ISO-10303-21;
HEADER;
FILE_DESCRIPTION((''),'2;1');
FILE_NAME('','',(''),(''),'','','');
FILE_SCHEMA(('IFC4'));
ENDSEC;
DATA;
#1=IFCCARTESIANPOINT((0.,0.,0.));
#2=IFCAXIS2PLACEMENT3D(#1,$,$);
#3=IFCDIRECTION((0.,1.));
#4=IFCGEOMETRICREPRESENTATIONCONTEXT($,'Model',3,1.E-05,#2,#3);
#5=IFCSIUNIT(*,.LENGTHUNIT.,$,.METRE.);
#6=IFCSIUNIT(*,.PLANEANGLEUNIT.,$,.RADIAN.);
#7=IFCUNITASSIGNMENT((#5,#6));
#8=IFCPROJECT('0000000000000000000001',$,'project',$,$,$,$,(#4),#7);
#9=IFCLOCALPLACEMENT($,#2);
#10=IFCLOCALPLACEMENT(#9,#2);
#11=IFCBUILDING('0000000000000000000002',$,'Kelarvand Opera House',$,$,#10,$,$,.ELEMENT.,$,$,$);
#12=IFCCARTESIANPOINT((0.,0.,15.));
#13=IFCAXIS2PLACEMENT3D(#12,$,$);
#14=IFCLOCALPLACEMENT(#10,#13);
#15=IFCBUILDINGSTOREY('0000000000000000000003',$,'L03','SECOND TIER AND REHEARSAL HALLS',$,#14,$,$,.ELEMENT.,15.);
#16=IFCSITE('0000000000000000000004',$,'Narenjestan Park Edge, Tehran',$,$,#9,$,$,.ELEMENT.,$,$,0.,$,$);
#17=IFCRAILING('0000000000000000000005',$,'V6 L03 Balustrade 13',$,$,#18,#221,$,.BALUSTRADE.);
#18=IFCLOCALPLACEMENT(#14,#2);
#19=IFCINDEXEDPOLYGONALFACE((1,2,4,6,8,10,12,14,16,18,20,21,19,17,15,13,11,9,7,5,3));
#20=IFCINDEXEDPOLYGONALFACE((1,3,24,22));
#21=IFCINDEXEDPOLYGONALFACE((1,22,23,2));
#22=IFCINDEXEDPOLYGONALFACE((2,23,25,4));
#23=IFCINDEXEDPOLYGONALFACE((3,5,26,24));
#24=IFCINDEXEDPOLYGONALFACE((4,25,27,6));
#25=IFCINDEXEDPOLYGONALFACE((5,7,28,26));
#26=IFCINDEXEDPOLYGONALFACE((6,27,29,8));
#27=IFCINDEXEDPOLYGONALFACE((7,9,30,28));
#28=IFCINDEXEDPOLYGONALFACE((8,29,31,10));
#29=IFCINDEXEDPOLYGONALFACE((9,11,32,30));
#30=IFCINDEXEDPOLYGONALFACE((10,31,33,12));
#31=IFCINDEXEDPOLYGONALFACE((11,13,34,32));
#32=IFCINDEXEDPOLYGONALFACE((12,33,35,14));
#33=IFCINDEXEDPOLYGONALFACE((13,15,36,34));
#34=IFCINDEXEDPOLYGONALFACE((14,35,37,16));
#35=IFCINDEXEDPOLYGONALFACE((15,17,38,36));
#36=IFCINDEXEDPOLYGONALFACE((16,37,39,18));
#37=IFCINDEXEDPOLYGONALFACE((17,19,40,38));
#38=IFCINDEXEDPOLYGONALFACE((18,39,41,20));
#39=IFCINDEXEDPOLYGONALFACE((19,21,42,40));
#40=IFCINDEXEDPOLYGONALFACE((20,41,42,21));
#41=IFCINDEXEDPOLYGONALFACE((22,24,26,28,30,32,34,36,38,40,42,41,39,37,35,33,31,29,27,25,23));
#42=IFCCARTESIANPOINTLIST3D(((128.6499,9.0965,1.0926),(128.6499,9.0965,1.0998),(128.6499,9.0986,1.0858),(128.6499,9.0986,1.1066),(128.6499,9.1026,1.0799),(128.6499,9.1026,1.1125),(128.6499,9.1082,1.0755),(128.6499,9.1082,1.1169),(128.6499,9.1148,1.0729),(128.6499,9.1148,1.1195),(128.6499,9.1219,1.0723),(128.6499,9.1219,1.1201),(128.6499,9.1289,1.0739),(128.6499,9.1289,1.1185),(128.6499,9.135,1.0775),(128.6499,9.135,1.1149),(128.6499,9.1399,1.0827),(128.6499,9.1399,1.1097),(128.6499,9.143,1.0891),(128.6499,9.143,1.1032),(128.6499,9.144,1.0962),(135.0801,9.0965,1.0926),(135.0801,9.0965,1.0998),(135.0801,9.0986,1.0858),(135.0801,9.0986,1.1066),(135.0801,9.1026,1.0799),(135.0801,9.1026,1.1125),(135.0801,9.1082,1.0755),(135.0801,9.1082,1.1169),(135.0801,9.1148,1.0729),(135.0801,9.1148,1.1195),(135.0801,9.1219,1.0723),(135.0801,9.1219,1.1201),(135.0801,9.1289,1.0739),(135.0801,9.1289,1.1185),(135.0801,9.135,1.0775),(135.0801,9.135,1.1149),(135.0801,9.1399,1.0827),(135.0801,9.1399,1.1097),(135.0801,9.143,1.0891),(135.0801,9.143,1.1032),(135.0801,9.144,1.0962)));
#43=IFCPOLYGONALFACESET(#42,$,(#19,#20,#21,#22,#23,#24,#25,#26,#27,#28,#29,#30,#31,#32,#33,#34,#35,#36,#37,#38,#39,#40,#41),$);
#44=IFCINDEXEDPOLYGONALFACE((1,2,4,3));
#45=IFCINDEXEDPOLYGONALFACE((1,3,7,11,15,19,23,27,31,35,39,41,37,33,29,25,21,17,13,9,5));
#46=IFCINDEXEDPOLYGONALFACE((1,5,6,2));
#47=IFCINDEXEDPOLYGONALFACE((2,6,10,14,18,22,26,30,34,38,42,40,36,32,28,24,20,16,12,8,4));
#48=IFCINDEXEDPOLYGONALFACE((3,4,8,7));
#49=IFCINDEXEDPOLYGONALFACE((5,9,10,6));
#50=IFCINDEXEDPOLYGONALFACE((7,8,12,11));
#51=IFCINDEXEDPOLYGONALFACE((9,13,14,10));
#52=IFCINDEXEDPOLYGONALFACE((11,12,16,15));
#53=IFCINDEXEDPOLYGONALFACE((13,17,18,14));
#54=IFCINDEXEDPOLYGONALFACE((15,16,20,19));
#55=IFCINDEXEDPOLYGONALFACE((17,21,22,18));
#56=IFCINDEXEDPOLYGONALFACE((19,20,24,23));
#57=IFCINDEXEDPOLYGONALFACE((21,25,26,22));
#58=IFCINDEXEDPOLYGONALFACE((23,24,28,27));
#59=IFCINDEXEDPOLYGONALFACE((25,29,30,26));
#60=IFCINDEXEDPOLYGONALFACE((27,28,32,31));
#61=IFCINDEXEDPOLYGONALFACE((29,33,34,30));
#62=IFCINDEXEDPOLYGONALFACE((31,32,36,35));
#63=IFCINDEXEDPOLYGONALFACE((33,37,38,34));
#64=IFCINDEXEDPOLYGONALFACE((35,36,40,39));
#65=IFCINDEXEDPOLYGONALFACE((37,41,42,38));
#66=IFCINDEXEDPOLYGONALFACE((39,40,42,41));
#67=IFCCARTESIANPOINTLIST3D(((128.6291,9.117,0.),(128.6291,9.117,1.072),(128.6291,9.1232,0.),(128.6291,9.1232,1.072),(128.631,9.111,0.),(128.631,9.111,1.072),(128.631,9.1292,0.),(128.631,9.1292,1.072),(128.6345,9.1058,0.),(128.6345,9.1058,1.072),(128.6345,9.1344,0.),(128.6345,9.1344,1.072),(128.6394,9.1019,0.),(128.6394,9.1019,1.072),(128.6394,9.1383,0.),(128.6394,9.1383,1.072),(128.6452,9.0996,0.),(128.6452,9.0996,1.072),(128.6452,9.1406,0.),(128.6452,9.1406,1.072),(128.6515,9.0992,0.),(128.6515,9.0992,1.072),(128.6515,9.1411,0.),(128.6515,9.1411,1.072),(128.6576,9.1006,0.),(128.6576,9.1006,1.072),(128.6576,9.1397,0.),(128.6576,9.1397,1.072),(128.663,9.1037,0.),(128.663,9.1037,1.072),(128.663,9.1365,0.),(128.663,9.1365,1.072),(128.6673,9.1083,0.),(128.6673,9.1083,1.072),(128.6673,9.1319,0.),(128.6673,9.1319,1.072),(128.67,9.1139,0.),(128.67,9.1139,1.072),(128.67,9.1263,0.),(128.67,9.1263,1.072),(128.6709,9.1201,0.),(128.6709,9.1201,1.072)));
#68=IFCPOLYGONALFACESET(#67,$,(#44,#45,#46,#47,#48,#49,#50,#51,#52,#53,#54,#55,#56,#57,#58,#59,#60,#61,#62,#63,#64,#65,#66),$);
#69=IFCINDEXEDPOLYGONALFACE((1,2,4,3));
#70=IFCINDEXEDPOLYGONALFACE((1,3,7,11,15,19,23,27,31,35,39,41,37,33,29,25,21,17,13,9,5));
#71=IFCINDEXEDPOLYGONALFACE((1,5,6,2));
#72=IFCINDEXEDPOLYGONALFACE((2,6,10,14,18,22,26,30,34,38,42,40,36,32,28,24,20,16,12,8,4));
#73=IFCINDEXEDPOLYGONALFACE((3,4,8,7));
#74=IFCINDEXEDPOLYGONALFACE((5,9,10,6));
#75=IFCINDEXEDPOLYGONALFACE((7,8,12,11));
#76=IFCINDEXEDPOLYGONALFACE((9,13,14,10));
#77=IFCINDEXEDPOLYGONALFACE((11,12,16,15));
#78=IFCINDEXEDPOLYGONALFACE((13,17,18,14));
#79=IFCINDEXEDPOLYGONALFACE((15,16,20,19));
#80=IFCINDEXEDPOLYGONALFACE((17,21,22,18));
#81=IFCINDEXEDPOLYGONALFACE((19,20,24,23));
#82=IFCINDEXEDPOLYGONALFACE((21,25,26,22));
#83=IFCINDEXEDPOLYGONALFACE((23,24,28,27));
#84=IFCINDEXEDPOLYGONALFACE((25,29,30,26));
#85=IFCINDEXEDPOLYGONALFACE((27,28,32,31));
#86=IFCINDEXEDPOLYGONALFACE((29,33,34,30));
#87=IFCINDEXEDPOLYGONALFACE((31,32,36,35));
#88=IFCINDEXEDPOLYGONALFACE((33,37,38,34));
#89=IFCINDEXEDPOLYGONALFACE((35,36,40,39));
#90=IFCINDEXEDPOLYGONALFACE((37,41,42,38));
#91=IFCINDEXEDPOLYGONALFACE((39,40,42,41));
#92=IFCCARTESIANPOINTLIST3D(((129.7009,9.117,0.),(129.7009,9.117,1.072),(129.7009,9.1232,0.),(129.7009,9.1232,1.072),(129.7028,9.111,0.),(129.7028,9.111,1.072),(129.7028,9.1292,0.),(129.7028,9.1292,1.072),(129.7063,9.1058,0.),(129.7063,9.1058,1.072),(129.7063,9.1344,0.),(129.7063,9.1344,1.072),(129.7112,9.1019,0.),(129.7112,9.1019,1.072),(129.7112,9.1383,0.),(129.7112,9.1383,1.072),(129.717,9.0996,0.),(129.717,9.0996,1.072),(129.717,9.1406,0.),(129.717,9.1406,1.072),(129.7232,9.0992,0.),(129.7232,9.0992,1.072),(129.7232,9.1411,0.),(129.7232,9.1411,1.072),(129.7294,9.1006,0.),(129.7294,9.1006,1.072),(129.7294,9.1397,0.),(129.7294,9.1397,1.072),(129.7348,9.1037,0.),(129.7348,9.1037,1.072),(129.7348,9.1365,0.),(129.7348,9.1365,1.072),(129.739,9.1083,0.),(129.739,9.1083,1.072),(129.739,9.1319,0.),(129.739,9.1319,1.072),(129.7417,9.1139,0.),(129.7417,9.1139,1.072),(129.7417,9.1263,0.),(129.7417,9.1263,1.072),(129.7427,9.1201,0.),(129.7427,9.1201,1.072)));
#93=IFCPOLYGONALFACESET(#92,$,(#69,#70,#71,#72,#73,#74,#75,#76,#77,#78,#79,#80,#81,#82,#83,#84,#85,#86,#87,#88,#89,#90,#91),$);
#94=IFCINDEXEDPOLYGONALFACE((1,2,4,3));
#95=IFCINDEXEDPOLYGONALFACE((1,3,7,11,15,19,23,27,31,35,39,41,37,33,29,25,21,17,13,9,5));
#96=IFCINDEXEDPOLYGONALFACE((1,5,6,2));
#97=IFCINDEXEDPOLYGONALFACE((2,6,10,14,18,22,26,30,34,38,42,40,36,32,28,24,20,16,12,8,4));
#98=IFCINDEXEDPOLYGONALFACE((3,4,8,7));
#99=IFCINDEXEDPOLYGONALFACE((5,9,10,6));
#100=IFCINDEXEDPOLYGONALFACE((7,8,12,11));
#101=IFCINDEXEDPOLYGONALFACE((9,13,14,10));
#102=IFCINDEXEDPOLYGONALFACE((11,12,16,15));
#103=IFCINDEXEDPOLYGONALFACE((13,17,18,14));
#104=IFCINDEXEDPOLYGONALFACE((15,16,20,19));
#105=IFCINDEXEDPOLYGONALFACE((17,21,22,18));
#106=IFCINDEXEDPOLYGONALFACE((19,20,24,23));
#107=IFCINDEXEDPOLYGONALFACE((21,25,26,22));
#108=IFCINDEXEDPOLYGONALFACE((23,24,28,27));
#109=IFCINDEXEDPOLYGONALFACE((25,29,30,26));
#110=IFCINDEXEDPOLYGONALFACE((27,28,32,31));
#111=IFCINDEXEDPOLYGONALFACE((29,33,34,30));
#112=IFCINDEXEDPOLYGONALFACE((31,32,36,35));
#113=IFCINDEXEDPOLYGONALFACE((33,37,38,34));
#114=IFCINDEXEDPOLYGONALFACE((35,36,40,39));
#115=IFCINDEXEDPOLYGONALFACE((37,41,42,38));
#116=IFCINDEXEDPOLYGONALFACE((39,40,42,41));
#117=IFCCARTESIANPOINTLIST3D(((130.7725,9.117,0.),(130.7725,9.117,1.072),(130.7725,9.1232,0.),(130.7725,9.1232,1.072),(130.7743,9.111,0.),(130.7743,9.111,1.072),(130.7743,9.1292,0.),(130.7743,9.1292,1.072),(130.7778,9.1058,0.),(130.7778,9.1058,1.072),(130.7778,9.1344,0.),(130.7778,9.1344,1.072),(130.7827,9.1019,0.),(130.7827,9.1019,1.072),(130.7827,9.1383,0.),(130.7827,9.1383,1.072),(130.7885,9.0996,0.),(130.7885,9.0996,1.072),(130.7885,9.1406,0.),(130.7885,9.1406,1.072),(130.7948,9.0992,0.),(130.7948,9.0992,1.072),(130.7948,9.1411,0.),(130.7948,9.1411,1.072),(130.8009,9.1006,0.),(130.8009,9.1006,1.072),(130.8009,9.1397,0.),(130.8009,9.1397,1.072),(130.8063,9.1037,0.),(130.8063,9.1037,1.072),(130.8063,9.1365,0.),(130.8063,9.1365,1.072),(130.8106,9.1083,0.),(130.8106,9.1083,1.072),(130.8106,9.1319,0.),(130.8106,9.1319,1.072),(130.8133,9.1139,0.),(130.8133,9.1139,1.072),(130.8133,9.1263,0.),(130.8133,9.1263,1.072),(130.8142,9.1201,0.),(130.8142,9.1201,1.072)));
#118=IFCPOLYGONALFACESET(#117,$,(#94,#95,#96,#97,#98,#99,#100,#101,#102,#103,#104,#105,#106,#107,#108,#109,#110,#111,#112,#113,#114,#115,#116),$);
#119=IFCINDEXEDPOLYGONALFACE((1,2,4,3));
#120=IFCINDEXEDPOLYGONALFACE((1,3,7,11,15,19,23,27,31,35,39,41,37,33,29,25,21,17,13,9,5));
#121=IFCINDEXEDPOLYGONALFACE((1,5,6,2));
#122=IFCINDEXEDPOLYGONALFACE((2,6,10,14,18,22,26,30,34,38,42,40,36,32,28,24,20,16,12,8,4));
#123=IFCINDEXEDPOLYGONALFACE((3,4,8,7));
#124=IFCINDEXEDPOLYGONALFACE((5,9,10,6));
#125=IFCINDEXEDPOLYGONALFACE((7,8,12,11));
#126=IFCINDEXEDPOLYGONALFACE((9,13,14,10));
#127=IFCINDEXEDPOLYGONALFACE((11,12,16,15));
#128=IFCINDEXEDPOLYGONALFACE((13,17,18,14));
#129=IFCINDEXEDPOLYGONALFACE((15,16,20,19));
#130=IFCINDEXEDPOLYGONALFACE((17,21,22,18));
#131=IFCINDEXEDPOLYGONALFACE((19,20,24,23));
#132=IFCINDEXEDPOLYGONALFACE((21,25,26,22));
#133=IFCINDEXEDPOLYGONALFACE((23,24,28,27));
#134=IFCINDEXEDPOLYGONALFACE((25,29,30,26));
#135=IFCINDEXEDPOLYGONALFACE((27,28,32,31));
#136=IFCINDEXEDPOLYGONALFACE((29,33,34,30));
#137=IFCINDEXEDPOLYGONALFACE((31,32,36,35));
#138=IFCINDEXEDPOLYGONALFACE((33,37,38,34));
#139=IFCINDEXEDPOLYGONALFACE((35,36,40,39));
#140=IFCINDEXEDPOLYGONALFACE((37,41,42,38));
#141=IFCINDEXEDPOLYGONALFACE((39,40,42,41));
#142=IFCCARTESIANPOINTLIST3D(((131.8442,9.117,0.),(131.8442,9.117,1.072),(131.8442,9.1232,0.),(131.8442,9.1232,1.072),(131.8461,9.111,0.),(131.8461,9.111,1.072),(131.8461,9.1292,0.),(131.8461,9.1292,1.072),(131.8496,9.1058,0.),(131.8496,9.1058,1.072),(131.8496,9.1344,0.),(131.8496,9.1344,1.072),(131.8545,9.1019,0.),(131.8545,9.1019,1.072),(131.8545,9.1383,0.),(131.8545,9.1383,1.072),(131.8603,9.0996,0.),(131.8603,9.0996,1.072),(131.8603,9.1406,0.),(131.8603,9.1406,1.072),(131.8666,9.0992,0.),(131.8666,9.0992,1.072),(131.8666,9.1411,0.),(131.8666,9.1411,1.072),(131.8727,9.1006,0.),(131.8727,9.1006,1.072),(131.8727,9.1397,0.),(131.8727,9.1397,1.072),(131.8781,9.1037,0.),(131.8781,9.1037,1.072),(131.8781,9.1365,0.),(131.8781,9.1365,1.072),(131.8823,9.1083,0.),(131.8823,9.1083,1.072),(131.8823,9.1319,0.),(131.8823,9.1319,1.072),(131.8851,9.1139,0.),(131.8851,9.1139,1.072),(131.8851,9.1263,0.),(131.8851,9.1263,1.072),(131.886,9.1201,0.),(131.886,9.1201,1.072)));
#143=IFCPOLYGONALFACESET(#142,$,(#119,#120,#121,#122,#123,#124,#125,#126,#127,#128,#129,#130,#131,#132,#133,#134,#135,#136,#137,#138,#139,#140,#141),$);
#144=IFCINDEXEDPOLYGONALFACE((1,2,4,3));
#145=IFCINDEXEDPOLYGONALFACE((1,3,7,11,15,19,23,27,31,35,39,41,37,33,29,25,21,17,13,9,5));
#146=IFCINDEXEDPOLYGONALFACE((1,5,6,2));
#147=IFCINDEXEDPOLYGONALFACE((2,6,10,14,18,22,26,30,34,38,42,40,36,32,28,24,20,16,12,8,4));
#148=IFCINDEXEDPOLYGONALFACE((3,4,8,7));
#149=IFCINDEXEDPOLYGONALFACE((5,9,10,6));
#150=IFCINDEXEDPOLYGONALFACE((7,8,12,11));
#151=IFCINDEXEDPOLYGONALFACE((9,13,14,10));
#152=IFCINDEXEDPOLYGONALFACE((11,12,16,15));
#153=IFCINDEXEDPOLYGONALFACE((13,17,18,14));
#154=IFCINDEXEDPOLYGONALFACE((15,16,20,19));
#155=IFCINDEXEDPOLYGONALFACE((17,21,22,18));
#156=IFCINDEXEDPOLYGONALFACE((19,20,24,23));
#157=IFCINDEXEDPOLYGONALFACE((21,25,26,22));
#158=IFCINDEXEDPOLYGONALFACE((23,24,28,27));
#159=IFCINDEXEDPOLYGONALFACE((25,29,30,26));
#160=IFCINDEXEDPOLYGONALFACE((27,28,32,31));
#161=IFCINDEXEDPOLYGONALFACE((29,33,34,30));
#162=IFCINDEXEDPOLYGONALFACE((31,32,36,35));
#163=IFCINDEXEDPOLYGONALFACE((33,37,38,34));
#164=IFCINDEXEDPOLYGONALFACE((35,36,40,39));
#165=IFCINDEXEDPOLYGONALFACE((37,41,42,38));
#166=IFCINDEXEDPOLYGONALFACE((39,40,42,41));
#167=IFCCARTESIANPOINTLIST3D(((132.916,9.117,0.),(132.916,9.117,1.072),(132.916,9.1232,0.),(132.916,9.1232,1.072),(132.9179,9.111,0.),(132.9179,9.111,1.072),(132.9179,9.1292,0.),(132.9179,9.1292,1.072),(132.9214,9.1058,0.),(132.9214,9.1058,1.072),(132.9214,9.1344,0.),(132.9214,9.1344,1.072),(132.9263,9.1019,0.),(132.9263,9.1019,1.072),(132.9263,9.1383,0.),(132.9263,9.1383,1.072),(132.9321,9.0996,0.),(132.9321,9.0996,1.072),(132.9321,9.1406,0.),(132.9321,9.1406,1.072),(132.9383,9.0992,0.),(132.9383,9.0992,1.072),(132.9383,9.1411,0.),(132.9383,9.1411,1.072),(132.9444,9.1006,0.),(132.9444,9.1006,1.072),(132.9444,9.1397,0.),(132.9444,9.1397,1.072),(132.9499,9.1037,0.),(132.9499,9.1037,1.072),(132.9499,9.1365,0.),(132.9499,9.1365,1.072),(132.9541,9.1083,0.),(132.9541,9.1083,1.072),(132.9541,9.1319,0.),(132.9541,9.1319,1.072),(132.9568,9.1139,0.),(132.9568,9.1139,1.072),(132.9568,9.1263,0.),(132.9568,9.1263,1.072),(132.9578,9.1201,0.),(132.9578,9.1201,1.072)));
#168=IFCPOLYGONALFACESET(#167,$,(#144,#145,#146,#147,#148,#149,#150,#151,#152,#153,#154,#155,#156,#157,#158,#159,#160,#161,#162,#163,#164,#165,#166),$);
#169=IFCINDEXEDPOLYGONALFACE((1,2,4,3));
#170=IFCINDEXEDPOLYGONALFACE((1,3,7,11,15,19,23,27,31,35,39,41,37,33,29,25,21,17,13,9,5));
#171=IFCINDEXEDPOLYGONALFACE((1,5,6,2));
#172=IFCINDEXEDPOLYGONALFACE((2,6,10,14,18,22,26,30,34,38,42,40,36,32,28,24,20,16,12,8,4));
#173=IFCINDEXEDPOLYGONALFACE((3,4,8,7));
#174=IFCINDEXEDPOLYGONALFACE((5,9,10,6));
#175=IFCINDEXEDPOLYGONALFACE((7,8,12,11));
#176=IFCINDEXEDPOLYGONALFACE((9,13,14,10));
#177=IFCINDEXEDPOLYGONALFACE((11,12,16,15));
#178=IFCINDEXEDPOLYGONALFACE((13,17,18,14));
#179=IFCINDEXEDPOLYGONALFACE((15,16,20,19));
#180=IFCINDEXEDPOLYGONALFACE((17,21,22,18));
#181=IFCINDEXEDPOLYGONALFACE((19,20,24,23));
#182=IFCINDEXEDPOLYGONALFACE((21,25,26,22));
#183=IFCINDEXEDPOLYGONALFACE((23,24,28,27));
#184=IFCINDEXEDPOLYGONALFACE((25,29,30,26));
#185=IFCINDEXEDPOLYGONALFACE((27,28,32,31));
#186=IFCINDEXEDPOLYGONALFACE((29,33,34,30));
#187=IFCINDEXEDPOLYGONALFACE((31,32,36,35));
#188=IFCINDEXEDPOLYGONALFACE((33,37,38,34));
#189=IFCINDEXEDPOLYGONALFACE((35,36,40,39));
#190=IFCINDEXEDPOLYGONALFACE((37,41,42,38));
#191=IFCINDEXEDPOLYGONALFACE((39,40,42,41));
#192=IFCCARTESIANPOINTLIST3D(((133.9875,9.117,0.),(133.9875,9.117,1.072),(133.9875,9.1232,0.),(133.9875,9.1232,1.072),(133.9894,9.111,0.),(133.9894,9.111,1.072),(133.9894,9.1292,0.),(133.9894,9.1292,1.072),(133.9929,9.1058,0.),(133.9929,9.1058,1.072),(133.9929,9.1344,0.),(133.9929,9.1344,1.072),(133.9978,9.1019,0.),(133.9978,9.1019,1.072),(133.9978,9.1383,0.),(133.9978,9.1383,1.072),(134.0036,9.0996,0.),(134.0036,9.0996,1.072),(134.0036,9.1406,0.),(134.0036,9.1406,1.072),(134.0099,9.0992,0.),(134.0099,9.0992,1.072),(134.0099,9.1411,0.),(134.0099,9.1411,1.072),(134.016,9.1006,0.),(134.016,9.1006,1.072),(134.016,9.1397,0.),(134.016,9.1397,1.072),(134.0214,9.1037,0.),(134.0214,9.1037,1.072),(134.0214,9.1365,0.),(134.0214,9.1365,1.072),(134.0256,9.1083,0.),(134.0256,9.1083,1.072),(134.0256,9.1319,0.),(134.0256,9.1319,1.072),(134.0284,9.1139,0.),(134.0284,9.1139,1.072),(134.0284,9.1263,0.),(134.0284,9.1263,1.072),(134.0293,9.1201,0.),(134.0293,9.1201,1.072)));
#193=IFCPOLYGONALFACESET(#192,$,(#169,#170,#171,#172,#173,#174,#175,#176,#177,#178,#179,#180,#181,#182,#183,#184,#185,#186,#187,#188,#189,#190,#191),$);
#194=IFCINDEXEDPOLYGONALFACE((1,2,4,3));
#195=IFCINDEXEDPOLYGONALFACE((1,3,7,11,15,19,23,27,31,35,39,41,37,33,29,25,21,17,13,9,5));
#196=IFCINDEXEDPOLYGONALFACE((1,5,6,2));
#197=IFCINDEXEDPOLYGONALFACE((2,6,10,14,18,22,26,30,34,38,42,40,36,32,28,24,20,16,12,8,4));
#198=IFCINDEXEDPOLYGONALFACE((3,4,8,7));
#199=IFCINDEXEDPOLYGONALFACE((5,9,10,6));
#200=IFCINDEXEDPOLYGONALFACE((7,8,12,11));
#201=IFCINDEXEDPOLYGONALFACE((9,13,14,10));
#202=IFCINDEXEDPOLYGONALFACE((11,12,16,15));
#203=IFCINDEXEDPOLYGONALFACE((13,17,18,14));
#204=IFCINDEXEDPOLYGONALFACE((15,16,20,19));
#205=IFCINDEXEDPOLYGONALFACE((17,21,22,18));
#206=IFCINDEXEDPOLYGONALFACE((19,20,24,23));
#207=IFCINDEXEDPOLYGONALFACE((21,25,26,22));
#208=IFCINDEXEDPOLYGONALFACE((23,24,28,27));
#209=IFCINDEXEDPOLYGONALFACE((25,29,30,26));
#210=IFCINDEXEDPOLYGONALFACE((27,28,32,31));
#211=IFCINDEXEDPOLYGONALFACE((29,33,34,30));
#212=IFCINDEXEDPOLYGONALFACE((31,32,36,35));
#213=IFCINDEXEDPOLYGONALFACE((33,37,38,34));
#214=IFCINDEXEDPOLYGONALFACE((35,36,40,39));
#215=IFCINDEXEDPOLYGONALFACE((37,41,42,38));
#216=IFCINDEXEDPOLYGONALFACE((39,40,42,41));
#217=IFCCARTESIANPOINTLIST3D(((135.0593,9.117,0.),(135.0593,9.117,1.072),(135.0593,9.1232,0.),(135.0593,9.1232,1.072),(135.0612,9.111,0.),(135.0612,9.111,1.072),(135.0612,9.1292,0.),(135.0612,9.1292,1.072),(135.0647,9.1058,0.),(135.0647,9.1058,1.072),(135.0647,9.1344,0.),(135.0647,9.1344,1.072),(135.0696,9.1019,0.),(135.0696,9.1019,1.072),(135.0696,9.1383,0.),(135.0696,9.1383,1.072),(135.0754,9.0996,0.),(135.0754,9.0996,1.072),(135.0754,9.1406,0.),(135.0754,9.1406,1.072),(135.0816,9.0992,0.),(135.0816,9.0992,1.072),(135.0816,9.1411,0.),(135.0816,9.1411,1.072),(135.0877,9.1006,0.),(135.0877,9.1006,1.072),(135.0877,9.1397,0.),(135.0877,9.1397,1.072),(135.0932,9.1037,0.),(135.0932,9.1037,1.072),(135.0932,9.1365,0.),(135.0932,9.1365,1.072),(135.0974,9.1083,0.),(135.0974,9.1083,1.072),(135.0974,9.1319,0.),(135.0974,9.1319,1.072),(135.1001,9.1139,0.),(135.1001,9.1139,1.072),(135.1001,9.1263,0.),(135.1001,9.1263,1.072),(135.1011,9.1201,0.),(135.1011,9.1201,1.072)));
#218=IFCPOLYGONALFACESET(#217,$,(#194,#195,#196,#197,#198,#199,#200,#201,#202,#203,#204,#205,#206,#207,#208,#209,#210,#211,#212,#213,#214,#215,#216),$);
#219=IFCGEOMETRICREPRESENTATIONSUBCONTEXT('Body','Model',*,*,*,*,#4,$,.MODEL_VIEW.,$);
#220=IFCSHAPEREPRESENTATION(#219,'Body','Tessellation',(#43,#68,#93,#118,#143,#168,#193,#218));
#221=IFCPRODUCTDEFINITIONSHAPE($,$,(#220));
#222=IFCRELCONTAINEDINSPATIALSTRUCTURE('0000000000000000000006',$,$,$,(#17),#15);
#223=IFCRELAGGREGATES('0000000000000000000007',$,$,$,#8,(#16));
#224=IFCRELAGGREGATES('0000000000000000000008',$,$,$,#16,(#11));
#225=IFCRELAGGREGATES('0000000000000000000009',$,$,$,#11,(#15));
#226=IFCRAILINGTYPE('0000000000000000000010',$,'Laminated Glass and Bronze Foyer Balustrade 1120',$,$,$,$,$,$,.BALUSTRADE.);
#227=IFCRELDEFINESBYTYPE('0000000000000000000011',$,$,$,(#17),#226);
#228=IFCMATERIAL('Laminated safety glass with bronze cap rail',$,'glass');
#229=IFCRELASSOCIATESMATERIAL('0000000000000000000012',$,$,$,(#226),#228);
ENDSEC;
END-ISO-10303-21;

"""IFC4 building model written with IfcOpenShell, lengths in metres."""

from ifc_helpers import new_model, si_unit, direction, frame, origin, origin_2d, place, context, subcontext, project, spatial, circle, extrude, material, type_object, element, save


model = new_model("IFC4")

# Units and contexts
model_context = context("Model", 3, precision=1e-05, world=origin(), true_north=direction((0.0, 1.0)))
body_context = subcontext(model_context, "Body", "Model", "MODEL_VIEW")
ifc_project = project(units=[si_unit("LENGTHUNIT", "METRE"), si_unit("PLANEANGLEUNIT", "RADIAN")], contexts=[model_context])

# Site, building, storey
site_placement = place(None, origin())
site = spatial("IfcSite", under=ifc_project, at=site_placement, Name="Narenjestan Park Edge, Tehran", CompositionType="ELEMENT", RefElevation=0.0)
building_placement = place(site_placement, origin())
building = spatial("IfcBuilding", under=site, at=building_placement, Name="Kelarvand Opera House", CompositionType="ELEMENT")
storey_placement = place(building_placement, frame((0.0, 0.0, 15.0)))
storey = spatial("IfcBuildingStorey", under=building, at=storey_placement, Name="L03", Description="SECOND TIER AND REHEARSAL HALLS", CompositionType="ELEMENT", Elevation=15.0)

# Railing
ifc_material_1 = material(Name="Laminated safety glass with bronze cap rail", Category="glass")
railing_type = type_object("IfcRailingType", Name="Laminated Glass and Bronze Foyer Balustrade 1120", PredefinedType="BALUSTRADE", material=ifc_material_1)
railing_1_placement = place(storey_placement, frame((128.6499, 9.1201, 0.0)))
element("IfcRailing", 1, at=railing_1_placement, inside=storey, type_object=railing_type, Name="V6 L03 Balustrade 13", PredefinedType="BALUSTRADE", context=body_context, shape_type="SweptSolid", body=[
    extrude(circle(Radius=0.0239, at=origin_2d()), frame((0.0, 0.0, 1.0962), z_axis=(1.0, 0.0, 0.0), x_axis=(0.0, 1.0, 0.0)), (0.0, 0.0, 1.0), 6.4302),
    extrude(circle(Radius=0.021, at=origin_2d()), origin(), (0.0, 0.0, 1.0), 1.072),
    extrude(circle(Radius=0.021, at=origin_2d()), frame((1.0718, 0.0, 0.0)), (0.0, 0.0, 1.0), 1.072),
    extrude(circle(Radius=0.021, at=origin_2d()), frame((2.1433, 0.0, 0.0)), (0.0, 0.0, 1.0), 1.072),
    extrude(circle(Radius=0.021, at=origin_2d()), frame((3.2151, 0.0, 0.0)), (0.0, 0.0, 1.0), 1.072),
    extrude(circle(Radius=0.021, at=origin_2d()), frame((4.2869, 0.0, 0.0)), (0.0, 0.0, 1.0), 1.072),
    extrude(circle(Radius=0.021, at=origin_2d()), frame((5.3584, 0.0, 0.0)), (0.0, 0.0, 1.0), 1.072),
    extrude(circle(Radius=0.021, at=origin_2d()), frame((6.4302, 0.0, 0.0)), (0.0, 0.0, 1.0), 1.072),
])

save(model, "model.ifc")
